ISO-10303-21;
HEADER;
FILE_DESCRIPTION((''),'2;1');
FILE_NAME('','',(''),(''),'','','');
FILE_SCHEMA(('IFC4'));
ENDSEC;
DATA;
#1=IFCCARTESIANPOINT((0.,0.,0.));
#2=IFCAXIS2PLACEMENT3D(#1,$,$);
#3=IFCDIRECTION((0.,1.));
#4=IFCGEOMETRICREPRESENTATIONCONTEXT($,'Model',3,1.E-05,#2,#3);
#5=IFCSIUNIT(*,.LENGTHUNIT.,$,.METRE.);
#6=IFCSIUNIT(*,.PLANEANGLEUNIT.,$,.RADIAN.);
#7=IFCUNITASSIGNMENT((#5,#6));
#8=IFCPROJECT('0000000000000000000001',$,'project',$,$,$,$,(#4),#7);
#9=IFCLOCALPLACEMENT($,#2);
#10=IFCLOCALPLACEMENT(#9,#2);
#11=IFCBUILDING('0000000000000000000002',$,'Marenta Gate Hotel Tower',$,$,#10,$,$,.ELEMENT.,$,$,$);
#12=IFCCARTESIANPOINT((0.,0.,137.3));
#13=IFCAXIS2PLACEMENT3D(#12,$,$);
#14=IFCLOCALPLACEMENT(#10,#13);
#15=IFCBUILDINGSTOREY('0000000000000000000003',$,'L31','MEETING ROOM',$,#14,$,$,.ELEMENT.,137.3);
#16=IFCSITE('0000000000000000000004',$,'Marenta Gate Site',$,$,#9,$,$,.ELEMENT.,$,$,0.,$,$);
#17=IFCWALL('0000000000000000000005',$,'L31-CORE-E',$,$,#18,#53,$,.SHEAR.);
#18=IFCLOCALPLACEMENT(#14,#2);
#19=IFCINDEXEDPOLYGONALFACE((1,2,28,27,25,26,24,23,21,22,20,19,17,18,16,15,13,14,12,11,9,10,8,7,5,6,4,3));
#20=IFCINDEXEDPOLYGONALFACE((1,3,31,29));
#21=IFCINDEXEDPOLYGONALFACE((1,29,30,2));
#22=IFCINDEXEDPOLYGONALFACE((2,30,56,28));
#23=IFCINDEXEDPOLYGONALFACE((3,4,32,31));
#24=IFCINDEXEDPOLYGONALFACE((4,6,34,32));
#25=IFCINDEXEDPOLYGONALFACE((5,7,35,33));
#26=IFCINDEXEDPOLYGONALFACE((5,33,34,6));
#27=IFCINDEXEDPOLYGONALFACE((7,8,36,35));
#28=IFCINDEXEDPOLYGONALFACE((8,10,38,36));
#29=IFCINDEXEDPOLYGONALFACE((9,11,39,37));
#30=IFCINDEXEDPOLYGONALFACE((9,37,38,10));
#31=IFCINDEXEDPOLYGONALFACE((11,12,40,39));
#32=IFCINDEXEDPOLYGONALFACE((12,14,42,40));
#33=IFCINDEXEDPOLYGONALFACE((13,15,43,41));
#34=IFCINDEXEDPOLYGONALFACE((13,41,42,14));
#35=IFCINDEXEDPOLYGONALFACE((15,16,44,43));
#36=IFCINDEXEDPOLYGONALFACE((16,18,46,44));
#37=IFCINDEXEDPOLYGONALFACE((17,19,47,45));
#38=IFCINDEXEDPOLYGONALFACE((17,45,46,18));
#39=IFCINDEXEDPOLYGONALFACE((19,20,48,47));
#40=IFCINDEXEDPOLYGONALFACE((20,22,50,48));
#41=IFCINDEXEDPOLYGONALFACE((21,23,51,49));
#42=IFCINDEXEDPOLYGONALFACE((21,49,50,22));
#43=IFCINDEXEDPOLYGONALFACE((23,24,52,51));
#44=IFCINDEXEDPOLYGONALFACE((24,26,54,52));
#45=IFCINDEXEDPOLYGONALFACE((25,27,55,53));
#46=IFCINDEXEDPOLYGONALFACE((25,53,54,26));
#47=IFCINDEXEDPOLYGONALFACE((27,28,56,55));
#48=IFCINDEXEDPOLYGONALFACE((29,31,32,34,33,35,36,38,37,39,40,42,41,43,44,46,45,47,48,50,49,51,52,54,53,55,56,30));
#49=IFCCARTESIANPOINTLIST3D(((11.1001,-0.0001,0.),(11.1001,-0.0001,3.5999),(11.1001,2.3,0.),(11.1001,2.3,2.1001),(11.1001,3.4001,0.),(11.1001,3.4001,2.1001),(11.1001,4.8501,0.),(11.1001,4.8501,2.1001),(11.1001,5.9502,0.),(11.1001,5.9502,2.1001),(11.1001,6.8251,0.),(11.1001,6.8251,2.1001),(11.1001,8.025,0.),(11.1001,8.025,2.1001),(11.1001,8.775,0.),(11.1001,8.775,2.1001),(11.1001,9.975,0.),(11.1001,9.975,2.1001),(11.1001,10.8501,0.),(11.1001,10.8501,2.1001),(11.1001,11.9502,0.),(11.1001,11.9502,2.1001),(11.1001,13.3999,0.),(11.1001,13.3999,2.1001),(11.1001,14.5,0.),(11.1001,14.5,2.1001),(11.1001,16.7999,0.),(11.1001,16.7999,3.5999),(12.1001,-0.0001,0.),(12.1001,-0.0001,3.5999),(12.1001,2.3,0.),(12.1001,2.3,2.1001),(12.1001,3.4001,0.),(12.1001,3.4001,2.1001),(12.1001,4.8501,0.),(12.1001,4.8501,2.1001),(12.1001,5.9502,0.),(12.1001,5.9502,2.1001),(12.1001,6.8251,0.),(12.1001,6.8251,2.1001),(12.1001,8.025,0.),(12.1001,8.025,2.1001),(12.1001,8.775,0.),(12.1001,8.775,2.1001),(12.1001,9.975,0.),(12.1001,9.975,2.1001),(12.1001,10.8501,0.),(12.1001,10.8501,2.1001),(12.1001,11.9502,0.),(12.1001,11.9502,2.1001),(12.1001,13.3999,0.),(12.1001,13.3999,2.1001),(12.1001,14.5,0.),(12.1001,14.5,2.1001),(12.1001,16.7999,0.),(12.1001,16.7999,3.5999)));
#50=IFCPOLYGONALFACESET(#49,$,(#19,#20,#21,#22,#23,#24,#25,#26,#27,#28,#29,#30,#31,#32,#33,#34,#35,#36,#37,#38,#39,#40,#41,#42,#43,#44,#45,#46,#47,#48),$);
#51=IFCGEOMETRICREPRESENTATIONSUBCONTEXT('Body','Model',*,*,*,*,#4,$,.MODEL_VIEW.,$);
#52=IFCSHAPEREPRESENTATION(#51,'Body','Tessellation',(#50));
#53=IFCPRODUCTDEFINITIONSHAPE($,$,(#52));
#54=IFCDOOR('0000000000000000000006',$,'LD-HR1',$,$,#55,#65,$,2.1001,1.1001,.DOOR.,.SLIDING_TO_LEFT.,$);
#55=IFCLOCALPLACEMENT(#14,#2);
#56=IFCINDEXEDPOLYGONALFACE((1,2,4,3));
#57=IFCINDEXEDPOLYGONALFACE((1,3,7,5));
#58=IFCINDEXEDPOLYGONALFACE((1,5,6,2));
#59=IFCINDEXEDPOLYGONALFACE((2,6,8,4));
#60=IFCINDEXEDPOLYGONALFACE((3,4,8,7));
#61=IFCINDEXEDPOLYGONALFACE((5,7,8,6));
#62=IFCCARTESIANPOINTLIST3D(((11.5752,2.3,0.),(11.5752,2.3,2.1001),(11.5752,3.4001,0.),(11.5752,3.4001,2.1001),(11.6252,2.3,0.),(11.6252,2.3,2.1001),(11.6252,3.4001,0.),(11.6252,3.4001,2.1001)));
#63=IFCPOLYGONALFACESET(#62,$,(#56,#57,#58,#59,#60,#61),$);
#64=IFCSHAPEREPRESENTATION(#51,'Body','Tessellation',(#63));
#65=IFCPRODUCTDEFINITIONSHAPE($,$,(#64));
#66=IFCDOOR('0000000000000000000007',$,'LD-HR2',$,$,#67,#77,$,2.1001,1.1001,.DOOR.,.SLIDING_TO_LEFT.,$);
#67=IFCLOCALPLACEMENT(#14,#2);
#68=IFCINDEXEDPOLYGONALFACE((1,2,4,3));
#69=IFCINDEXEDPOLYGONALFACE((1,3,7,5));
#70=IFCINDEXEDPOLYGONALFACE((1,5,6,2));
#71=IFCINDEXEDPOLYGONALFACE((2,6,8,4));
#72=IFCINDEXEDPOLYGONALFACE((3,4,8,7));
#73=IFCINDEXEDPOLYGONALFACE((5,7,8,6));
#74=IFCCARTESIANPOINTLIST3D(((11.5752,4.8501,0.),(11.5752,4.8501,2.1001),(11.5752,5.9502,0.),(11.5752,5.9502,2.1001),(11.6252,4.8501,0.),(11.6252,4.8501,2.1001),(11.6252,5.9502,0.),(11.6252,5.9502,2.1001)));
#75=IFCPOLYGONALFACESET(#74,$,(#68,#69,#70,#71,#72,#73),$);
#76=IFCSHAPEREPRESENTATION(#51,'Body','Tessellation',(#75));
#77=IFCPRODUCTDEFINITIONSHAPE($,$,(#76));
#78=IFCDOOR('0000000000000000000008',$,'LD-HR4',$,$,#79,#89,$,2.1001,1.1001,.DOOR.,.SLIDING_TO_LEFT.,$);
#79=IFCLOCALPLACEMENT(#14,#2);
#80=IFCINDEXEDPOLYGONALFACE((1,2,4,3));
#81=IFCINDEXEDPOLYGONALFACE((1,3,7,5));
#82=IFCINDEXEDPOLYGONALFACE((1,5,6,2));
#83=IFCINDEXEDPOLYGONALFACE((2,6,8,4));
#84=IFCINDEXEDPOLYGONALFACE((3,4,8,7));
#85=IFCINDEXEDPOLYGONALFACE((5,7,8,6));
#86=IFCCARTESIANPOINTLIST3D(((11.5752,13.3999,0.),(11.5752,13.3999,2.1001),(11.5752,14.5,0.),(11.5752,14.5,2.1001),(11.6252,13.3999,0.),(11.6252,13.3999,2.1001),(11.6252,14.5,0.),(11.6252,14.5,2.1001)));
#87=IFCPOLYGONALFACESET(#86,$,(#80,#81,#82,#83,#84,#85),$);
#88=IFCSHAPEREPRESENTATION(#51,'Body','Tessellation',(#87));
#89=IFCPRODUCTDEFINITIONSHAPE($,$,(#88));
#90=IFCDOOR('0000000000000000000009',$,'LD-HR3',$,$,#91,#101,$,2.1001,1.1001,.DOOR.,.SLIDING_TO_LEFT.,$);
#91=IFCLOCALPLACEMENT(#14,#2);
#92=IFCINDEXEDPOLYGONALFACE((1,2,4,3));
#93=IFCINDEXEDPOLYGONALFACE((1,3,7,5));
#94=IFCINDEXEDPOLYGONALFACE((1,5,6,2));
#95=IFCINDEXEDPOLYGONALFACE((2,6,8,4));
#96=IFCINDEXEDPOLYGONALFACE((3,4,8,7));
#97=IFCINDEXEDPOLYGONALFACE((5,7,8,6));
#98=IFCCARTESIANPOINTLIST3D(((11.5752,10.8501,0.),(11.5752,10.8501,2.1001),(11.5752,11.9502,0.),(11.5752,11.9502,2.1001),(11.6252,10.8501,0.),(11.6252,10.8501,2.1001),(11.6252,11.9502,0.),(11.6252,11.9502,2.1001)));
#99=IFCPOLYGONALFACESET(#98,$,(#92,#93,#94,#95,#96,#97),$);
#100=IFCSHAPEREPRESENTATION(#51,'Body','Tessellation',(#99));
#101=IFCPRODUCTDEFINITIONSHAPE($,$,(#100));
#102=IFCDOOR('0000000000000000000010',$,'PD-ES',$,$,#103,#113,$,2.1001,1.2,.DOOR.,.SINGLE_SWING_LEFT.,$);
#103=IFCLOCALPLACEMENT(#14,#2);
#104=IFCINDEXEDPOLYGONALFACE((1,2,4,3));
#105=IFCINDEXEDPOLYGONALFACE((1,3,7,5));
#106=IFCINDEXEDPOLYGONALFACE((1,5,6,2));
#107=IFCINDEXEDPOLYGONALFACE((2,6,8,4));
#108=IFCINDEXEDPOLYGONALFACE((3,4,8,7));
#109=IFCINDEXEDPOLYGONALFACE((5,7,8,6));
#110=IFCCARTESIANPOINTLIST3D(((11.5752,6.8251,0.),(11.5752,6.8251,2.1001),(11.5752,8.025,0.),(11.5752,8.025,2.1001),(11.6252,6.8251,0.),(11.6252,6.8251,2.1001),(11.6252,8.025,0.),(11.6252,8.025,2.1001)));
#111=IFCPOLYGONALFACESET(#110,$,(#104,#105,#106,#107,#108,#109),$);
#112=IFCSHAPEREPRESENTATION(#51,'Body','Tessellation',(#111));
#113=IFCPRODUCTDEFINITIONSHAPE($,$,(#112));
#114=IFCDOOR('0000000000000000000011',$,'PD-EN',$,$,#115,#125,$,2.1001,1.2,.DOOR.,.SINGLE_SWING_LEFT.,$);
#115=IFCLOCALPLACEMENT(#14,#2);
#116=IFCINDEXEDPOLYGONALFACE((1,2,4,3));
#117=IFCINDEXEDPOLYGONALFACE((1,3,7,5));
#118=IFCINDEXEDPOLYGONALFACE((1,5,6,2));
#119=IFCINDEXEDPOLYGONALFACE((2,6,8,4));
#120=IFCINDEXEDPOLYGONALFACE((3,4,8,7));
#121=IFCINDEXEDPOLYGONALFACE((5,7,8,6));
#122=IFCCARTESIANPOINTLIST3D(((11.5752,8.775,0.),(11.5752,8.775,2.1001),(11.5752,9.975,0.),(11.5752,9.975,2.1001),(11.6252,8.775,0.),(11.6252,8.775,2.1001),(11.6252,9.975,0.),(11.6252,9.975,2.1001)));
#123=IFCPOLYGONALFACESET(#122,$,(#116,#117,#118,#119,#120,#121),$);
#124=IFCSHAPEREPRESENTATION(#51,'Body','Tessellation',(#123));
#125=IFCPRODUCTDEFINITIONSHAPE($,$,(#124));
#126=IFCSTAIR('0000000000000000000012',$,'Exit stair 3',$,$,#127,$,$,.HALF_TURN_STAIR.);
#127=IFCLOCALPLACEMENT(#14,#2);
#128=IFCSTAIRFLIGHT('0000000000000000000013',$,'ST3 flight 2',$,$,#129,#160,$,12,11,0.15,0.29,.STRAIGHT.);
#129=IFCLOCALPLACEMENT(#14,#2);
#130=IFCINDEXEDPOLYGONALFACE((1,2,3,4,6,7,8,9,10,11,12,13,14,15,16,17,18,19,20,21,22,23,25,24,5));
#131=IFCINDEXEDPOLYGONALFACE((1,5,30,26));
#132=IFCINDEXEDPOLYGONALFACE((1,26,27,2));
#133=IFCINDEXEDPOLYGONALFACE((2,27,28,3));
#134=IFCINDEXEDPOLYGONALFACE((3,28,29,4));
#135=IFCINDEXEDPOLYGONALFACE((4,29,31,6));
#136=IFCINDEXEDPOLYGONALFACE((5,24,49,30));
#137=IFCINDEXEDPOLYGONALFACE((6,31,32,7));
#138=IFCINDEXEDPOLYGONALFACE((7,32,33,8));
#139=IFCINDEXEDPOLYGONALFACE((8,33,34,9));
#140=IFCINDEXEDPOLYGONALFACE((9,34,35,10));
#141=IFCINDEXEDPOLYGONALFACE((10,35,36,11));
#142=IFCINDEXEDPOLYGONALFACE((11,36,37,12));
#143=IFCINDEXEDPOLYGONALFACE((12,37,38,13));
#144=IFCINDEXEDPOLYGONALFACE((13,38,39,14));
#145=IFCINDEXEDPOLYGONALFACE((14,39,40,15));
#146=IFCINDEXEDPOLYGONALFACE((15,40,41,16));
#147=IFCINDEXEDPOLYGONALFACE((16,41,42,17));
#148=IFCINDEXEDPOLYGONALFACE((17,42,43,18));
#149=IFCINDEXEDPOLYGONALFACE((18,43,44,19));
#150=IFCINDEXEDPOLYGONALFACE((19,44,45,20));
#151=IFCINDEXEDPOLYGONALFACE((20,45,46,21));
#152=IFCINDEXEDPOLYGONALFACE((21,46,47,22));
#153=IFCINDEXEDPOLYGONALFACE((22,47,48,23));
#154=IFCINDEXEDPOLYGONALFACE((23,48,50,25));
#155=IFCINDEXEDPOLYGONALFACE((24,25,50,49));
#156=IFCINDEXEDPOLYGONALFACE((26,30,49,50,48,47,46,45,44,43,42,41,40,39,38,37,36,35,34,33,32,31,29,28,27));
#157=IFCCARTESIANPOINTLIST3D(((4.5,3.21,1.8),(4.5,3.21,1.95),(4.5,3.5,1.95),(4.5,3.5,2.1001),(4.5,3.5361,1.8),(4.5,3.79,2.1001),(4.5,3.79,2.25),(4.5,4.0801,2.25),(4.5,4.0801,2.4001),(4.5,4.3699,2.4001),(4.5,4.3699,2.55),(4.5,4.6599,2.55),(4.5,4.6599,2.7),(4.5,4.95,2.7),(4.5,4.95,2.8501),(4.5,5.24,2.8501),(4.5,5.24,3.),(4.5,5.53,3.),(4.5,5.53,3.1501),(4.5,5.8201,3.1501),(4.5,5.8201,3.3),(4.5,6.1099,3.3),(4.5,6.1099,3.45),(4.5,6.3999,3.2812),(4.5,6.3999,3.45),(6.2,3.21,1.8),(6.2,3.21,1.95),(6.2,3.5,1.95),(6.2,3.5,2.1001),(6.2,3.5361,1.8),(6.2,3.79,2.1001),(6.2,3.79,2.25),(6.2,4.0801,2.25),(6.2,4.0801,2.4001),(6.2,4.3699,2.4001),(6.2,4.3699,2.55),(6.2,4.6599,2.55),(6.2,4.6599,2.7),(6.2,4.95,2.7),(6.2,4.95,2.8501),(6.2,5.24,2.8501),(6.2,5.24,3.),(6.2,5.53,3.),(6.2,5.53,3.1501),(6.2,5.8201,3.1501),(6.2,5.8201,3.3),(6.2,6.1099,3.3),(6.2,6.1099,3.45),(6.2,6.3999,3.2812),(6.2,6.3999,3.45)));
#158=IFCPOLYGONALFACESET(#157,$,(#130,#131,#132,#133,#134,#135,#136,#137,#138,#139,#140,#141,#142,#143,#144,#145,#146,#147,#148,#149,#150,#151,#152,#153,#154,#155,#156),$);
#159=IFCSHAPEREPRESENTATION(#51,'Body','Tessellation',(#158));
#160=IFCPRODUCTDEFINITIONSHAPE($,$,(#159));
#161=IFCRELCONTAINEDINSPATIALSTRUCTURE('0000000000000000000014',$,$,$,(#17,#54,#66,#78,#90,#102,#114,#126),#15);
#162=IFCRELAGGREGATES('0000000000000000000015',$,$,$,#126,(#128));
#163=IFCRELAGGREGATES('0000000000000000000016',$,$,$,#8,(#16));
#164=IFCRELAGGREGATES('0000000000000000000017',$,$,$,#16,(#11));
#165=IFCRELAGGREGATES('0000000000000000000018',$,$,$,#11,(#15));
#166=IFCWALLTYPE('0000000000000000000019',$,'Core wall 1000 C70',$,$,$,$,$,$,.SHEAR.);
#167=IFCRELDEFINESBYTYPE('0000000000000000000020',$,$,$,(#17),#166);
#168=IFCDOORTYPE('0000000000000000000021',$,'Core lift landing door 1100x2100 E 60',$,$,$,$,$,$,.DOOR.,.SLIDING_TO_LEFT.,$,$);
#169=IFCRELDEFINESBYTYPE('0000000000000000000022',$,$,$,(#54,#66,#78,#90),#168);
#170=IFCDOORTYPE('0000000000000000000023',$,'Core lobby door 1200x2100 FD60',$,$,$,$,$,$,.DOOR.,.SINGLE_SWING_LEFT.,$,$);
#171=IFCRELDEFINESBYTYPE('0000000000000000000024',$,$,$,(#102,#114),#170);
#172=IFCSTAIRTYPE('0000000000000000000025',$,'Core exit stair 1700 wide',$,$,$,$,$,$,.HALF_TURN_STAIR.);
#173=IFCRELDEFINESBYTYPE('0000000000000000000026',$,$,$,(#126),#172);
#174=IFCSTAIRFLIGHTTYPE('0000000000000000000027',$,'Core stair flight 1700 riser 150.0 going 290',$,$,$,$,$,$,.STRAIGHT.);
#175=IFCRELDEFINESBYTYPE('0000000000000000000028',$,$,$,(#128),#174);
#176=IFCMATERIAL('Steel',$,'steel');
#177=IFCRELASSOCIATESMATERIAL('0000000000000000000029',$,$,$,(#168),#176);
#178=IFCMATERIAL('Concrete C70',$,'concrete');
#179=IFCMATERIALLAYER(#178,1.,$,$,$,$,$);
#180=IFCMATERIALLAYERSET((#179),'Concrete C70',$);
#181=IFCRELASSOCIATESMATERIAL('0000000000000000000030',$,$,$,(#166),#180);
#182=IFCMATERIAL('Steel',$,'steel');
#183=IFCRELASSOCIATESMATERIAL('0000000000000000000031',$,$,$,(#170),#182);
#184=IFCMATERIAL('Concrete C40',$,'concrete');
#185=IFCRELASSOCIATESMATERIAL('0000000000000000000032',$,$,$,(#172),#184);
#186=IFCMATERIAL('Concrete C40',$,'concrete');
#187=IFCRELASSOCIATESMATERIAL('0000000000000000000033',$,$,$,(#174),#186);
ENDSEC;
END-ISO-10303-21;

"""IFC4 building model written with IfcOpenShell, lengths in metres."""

from ifc_helpers import new_model, si_unit, direction, frame, frame_2d, origin, place, context, subcontext, project, spatial, polyline, rectangle, outline, extrude, material, layer, layer_set, type_object, element, fill, aggregate, save


model = new_model("IFC4")

# Units and contexts
model_context = context("Model", 3, precision=1e-05, world=origin(), true_north=direction((0.0, 1.0)))
body_context = subcontext(model_context, "Body", "Model", "MODEL_VIEW")
ifc_project = project(units=[si_unit("LENGTHUNIT", "METRE"), si_unit("PLANEANGLEUNIT", "RADIAN")], contexts=[model_context])

# Site, building, storey
site_placement = place(None, origin())
site = spatial("IfcSite", under=ifc_project, at=site_placement, Name="Marenta Gate Site", CompositionType="ELEMENT", RefElevation=0.0)
building_placement = place(site_placement, origin())
building = spatial("IfcBuilding", under=site, at=building_placement, Name="Marenta Gate Hotel Tower", CompositionType="ELEMENT")
storey_placement = place(building_placement, frame((0.0, 0.0, 137.3)))
storey = spatial("IfcBuildingStorey", under=building, at=storey_placement, Name="L31", Description="MEETING ROOM", CompositionType="ELEMENT", Elevation=137.3)

# Shared definitions
ifc_material_1 = material(Name="Steel", Category="steel")
door_type_1 = type_object("IfcDoorType", Name="Core lift landing door 1100x2100 E 60", OperationType="SLIDING_TO_LEFT", PredefinedType="DOOR", material=ifc_material_1)

# Wall, openings, doors
ifc_material_2 = material(Name="Concrete C70", Category="concrete")
ifc_layer_1 = layer(ifc_material_2, 1.0)
ifc_layer_set_1 = layer_set([ifc_layer_1], Name="Concrete C70")
wall_type_1 = type_object("IfcWallType", Name="Core wall 1000 C70", PredefinedType="SHEAR", material=ifc_layer_set_1)
wall_1_placement = place(storey_placement, frame((11.6001, 0.0, 0.0), z_axis=(0.0, 0.0, 1.0), x_axis=(0.0, 1.0, 0.0)))
wall_1 = element("IfcWall", 1, at=wall_1_placement, inside=storey, type_object=wall_type_1, Name="L31-CORE-E", PredefinedType="SHEAR", context=body_context, shape_type="SweptSolid", body=[
    extrude(rectangle(XDim=16.8, YDim=1.0, at=frame_2d((8.3999, 0.0))), origin(), (0.0, 0.0, 1.0), 3.5999),
])
opening_1_placement = place(wall_1_placement, frame((2.3, 0.0, 0.0)))
opening_1 = element("IfcOpeningElement", 2, at=opening_1_placement, cuts=wall_1, PredefinedType="OPENING", context=body_context, shape_type="SweptSolid", body=[
    extrude(rectangle(XDim=1.1001, YDim=2.1001, at=frame_2d((0.55, 1.05))), frame((0.0, 0.5, 0.0), z_axis=(0.0, -1.0, 0.0), x_axis=(1.0, 0.0, 0.0)), (0.0, 0.0, 1.0), 1.0),
])
opening_2_placement = place(wall_1_placement, frame((4.8501, 0.0, 0.0)))
opening_2 = element("IfcOpeningElement", 3, at=opening_2_placement, cuts=wall_1, PredefinedType="OPENING", context=body_context, shape_type="SweptSolid", body=[
    extrude(rectangle(XDim=1.1001, YDim=2.1001, at=frame_2d((0.55, 1.05))), frame((0.0, 0.5, 0.0), z_axis=(0.0, -1.0, 0.0), x_axis=(1.0, 0.0, 0.0)), (0.0, 0.0, 1.0), 1.0),
])
opening_3_placement = place(wall_1_placement, frame((6.825, 0.0, 0.0)))
opening_3 = element("IfcOpeningElement", 4, at=opening_3_placement, cuts=wall_1, PredefinedType="OPENING", context=body_context, shape_type="SweptSolid", body=[
    extrude(rectangle(XDim=1.2, YDim=2.1001, at=frame_2d((0.6001, 1.05))), frame((0.0, 0.5, 0.0), z_axis=(0.0, -1.0, 0.0), x_axis=(1.0, 0.0, 0.0)), (0.0, 0.0, 1.0), 1.0),
])
opening_4_placement = place(wall_1_placement, frame((13.3999, 0.0, 0.0)))
opening_4 = element("IfcOpeningElement", 5, at=opening_4_placement, cuts=wall_1, PredefinedType="OPENING", context=body_context, shape_type="SweptSolid", body=[
    extrude(rectangle(XDim=1.1001, YDim=2.1001, at=frame_2d((0.55, 1.05))), frame((0.0, 0.5, 0.0), z_axis=(0.0, -1.0, 0.0), x_axis=(1.0, 0.0, 0.0)), (0.0, 0.0, 1.0), 1.0),
])
opening_5_placement = place(wall_1_placement, frame((10.8501, 0.0, 0.0)))
opening_5 = element("IfcOpeningElement", 6, at=opening_5_placement, cuts=wall_1, PredefinedType="OPENING", context=body_context, shape_type="SweptSolid", body=[
    extrude(rectangle(XDim=1.1001, YDim=2.1001, at=frame_2d((0.55, 1.05))), frame((0.0, 0.5, 0.0), z_axis=(0.0, -1.0, 0.0), x_axis=(1.0, 0.0, 0.0)), (0.0, 0.0, 1.0), 1.0),
])
opening_6_placement = place(wall_1_placement, frame((8.7749, 0.0, 0.0)))
opening_6 = element("IfcOpeningElement", 7, at=opening_6_placement, cuts=wall_1, PredefinedType="OPENING", context=body_context, shape_type="SweptSolid", body=[
    extrude(rectangle(XDim=1.2, YDim=2.1001, at=frame_2d((0.6001, 1.05))), frame((0.0, 0.5, 0.0), z_axis=(0.0, -1.0, 0.0), x_axis=(1.0, 0.0, 0.0)), (0.0, 0.0, 1.0), 1.0),
])
door_1_placement = place(opening_1_placement, origin())
door_1 = element("IfcDoor", 8, at=door_1_placement, inside=storey, type_object=door_type_1, Name="LD-HR1", OperationType="SLIDING_TO_LEFT", OverallHeight=2.1001, OverallWidth=1.1001, PredefinedType="DOOR", context=body_context, shape_type="SweptSolid", body=[
    extrude(rectangle(XDim=1.1001, YDim=2.1001, at=frame_2d((0.55, 1.05))), frame((0.0, 0.0249, 0.0), z_axis=(0.0, -1.0, 0.0), x_axis=(1.0, 0.0, 0.0)), (0.0, 0.0, 1.0), 0.05),
])
fill(opening_1, door_1)
door_2_placement = place(opening_2_placement, origin())
door_2 = element("IfcDoor", 9, at=door_2_placement, inside=storey, type_object=door_type_1, Name="LD-HR2", OperationType="SLIDING_TO_LEFT", OverallHeight=2.1001, OverallWidth=1.1001, PredefinedType="DOOR", context=body_context, shape_type="SweptSolid", body=[
    extrude(rectangle(XDim=1.1001, YDim=2.1001, at=frame_2d((0.55, 1.05))), frame((0.0, 0.0249, 0.0), z_axis=(0.0, -1.0, 0.0), x_axis=(1.0, 0.0, 0.0)), (0.0, 0.0, 1.0), 0.05),
])
fill(opening_2, door_2)
door_3_placement = place(opening_4_placement, origin())
door_3 = element("IfcDoor", 10, at=door_3_placement, inside=storey, type_object=door_type_1, Name="LD-HR4", OperationType="SLIDING_TO_LEFT", OverallHeight=2.1001, OverallWidth=1.1001, PredefinedType="DOOR", context=body_context, shape_type="SweptSolid", body=[
    extrude(rectangle(XDim=1.1001, YDim=2.1001, at=frame_2d((0.55, 1.05))), frame((0.0, 0.0249, 0.0), z_axis=(0.0, -1.0, 0.0), x_axis=(1.0, 0.0, 0.0)), (0.0, 0.0, 1.0), 0.05),
])
fill(opening_4, door_3)
door_4_placement = place(opening_5_placement, origin())
door_4 = element("IfcDoor", 11, at=door_4_placement, inside=storey, type_object=door_type_1, Name="LD-HR3", OperationType="SLIDING_TO_LEFT", OverallHeight=2.1001, OverallWidth=1.1001, PredefinedType="DOOR", context=body_context, shape_type="SweptSolid", body=[
    extrude(rectangle(XDim=1.1001, YDim=2.1001, at=frame_2d((0.55, 1.05))), frame((0.0, 0.0249, 0.0), z_axis=(0.0, -1.0, 0.0), x_axis=(1.0, 0.0, 0.0)), (0.0, 0.0, 1.0), 0.05),
])
fill(opening_5, door_4)
ifc_material_3 = material(Name="Steel", Category="steel")
door_type_2 = type_object("IfcDoorType", Name="Core lobby door 1200x2100 FD60", OperationType="SINGLE_SWING_LEFT", PredefinedType="DOOR", material=ifc_material_3)
door_5_placement = place(opening_3_placement, origin())
door_5 = element("IfcDoor", 12, at=door_5_placement, inside=storey, type_object=door_type_2, Name="PD-ES", OperationType="SINGLE_SWING_LEFT", OverallHeight=2.1001, OverallWidth=1.2, PredefinedType="DOOR", context=body_context, shape_type="SweptSolid", body=[
    extrude(rectangle(XDim=1.2, YDim=2.1001, at=frame_2d((0.6001, 1.05))), frame((0.0, 0.0249, 0.0), z_axis=(0.0, -1.0, 0.0), x_axis=(1.0, 0.0, 0.0)), (0.0, 0.0, 1.0), 0.05),
])
fill(opening_3, door_5)
door_6_placement = place(opening_6_placement, origin())
door_6 = element("IfcDoor", 13, at=door_6_placement, inside=storey, type_object=door_type_2, Name="PD-EN", OperationType="SINGLE_SWING_LEFT", OverallHeight=2.1001, OverallWidth=1.2, PredefinedType="DOOR", context=body_context, shape_type="SweptSolid", body=[
    extrude(rectangle(XDim=1.2, YDim=2.1001, at=frame_2d((0.6001, 1.05))), frame((0.0, 0.0249, 0.0), z_axis=(0.0, -1.0, 0.0), x_axis=(1.0, 0.0, 0.0)), (0.0, 0.0, 1.0), 0.05),
])
fill(opening_6, door_6)

# Stair, stair flight
ifc_material_4 = material(Name="Concrete C40", Category="concrete")
stair_type_1 = type_object("IfcStairType", Name="Core exit stair 1700 wide", PredefinedType="HALF_TURN_STAIR", material=ifc_material_4)
stair_1_placement = place(storey_placement, origin())
stair_1 = element("IfcStair", 14, at=stair_1_placement, inside=storey, type_object=stair_type_1, Name="Exit stair 3", PredefinedType="HALF_TURN_STAIR")
ifc_material_5 = material(Name="Concrete C40", Category="concrete")
stair_flight_type = type_object("IfcStairFlightType", Name="Core stair flight 1700 riser 150.0 going 290", PredefinedType="STRAIGHT", material=ifc_material_5)
stair_flight_placement = place(storey_placement, frame((5.3501, 3.21, 1.8), z_axis=(0.0, 0.0, 1.0), x_axis=(0.0, 1.0, 0.0)))
stair_flight = element("IfcStairFlight", 15, at=stair_flight_placement, type_object=stair_flight_type, Name="ST3 flight 2", NumberOfRisers=12, NumberOfTreads=11, PredefinedType="STRAIGHT", RiserHeight=0.15, TreadLength=0.29, context=body_context, shape_type="SweptSolid", body=[
    extrude(outline(polyline([(0.0, 0.0), (0.0, 0.1499), (0.29, 0.1499), (0.29, 0.3), (0.5801, 0.3), (0.5801, 0.45), (0.8701, 0.45), (0.8701, 0.6001), (1.1599, 0.6001), (1.1599, 0.75), (1.45, 0.75), (1.45, 0.8999), (1.74, 0.8999), (1.74, 1.05), (2.03, 1.05), (2.03, 1.2), (2.3201, 1.2), (2.3201, 1.3501), (2.6101, 1.3501), (2.6101, 1.5), (2.8999, 1.5), (2.8999, 1.6499), (3.1899, 1.6499), (3.1899, 1.8), (3.1899, 1.4812), (0.3262, 0.0), (0.0, 0.0)])), frame((0.0, 0.8501, 0.0), z_axis=(0.0, -1.0, 0.0), x_axis=(1.0, 0.0, 0.0)), (0.0, 0.0, 1.0), 1.7),
])
aggregate(stair_1, [stair_flight])

save(model, "model.ifc")
